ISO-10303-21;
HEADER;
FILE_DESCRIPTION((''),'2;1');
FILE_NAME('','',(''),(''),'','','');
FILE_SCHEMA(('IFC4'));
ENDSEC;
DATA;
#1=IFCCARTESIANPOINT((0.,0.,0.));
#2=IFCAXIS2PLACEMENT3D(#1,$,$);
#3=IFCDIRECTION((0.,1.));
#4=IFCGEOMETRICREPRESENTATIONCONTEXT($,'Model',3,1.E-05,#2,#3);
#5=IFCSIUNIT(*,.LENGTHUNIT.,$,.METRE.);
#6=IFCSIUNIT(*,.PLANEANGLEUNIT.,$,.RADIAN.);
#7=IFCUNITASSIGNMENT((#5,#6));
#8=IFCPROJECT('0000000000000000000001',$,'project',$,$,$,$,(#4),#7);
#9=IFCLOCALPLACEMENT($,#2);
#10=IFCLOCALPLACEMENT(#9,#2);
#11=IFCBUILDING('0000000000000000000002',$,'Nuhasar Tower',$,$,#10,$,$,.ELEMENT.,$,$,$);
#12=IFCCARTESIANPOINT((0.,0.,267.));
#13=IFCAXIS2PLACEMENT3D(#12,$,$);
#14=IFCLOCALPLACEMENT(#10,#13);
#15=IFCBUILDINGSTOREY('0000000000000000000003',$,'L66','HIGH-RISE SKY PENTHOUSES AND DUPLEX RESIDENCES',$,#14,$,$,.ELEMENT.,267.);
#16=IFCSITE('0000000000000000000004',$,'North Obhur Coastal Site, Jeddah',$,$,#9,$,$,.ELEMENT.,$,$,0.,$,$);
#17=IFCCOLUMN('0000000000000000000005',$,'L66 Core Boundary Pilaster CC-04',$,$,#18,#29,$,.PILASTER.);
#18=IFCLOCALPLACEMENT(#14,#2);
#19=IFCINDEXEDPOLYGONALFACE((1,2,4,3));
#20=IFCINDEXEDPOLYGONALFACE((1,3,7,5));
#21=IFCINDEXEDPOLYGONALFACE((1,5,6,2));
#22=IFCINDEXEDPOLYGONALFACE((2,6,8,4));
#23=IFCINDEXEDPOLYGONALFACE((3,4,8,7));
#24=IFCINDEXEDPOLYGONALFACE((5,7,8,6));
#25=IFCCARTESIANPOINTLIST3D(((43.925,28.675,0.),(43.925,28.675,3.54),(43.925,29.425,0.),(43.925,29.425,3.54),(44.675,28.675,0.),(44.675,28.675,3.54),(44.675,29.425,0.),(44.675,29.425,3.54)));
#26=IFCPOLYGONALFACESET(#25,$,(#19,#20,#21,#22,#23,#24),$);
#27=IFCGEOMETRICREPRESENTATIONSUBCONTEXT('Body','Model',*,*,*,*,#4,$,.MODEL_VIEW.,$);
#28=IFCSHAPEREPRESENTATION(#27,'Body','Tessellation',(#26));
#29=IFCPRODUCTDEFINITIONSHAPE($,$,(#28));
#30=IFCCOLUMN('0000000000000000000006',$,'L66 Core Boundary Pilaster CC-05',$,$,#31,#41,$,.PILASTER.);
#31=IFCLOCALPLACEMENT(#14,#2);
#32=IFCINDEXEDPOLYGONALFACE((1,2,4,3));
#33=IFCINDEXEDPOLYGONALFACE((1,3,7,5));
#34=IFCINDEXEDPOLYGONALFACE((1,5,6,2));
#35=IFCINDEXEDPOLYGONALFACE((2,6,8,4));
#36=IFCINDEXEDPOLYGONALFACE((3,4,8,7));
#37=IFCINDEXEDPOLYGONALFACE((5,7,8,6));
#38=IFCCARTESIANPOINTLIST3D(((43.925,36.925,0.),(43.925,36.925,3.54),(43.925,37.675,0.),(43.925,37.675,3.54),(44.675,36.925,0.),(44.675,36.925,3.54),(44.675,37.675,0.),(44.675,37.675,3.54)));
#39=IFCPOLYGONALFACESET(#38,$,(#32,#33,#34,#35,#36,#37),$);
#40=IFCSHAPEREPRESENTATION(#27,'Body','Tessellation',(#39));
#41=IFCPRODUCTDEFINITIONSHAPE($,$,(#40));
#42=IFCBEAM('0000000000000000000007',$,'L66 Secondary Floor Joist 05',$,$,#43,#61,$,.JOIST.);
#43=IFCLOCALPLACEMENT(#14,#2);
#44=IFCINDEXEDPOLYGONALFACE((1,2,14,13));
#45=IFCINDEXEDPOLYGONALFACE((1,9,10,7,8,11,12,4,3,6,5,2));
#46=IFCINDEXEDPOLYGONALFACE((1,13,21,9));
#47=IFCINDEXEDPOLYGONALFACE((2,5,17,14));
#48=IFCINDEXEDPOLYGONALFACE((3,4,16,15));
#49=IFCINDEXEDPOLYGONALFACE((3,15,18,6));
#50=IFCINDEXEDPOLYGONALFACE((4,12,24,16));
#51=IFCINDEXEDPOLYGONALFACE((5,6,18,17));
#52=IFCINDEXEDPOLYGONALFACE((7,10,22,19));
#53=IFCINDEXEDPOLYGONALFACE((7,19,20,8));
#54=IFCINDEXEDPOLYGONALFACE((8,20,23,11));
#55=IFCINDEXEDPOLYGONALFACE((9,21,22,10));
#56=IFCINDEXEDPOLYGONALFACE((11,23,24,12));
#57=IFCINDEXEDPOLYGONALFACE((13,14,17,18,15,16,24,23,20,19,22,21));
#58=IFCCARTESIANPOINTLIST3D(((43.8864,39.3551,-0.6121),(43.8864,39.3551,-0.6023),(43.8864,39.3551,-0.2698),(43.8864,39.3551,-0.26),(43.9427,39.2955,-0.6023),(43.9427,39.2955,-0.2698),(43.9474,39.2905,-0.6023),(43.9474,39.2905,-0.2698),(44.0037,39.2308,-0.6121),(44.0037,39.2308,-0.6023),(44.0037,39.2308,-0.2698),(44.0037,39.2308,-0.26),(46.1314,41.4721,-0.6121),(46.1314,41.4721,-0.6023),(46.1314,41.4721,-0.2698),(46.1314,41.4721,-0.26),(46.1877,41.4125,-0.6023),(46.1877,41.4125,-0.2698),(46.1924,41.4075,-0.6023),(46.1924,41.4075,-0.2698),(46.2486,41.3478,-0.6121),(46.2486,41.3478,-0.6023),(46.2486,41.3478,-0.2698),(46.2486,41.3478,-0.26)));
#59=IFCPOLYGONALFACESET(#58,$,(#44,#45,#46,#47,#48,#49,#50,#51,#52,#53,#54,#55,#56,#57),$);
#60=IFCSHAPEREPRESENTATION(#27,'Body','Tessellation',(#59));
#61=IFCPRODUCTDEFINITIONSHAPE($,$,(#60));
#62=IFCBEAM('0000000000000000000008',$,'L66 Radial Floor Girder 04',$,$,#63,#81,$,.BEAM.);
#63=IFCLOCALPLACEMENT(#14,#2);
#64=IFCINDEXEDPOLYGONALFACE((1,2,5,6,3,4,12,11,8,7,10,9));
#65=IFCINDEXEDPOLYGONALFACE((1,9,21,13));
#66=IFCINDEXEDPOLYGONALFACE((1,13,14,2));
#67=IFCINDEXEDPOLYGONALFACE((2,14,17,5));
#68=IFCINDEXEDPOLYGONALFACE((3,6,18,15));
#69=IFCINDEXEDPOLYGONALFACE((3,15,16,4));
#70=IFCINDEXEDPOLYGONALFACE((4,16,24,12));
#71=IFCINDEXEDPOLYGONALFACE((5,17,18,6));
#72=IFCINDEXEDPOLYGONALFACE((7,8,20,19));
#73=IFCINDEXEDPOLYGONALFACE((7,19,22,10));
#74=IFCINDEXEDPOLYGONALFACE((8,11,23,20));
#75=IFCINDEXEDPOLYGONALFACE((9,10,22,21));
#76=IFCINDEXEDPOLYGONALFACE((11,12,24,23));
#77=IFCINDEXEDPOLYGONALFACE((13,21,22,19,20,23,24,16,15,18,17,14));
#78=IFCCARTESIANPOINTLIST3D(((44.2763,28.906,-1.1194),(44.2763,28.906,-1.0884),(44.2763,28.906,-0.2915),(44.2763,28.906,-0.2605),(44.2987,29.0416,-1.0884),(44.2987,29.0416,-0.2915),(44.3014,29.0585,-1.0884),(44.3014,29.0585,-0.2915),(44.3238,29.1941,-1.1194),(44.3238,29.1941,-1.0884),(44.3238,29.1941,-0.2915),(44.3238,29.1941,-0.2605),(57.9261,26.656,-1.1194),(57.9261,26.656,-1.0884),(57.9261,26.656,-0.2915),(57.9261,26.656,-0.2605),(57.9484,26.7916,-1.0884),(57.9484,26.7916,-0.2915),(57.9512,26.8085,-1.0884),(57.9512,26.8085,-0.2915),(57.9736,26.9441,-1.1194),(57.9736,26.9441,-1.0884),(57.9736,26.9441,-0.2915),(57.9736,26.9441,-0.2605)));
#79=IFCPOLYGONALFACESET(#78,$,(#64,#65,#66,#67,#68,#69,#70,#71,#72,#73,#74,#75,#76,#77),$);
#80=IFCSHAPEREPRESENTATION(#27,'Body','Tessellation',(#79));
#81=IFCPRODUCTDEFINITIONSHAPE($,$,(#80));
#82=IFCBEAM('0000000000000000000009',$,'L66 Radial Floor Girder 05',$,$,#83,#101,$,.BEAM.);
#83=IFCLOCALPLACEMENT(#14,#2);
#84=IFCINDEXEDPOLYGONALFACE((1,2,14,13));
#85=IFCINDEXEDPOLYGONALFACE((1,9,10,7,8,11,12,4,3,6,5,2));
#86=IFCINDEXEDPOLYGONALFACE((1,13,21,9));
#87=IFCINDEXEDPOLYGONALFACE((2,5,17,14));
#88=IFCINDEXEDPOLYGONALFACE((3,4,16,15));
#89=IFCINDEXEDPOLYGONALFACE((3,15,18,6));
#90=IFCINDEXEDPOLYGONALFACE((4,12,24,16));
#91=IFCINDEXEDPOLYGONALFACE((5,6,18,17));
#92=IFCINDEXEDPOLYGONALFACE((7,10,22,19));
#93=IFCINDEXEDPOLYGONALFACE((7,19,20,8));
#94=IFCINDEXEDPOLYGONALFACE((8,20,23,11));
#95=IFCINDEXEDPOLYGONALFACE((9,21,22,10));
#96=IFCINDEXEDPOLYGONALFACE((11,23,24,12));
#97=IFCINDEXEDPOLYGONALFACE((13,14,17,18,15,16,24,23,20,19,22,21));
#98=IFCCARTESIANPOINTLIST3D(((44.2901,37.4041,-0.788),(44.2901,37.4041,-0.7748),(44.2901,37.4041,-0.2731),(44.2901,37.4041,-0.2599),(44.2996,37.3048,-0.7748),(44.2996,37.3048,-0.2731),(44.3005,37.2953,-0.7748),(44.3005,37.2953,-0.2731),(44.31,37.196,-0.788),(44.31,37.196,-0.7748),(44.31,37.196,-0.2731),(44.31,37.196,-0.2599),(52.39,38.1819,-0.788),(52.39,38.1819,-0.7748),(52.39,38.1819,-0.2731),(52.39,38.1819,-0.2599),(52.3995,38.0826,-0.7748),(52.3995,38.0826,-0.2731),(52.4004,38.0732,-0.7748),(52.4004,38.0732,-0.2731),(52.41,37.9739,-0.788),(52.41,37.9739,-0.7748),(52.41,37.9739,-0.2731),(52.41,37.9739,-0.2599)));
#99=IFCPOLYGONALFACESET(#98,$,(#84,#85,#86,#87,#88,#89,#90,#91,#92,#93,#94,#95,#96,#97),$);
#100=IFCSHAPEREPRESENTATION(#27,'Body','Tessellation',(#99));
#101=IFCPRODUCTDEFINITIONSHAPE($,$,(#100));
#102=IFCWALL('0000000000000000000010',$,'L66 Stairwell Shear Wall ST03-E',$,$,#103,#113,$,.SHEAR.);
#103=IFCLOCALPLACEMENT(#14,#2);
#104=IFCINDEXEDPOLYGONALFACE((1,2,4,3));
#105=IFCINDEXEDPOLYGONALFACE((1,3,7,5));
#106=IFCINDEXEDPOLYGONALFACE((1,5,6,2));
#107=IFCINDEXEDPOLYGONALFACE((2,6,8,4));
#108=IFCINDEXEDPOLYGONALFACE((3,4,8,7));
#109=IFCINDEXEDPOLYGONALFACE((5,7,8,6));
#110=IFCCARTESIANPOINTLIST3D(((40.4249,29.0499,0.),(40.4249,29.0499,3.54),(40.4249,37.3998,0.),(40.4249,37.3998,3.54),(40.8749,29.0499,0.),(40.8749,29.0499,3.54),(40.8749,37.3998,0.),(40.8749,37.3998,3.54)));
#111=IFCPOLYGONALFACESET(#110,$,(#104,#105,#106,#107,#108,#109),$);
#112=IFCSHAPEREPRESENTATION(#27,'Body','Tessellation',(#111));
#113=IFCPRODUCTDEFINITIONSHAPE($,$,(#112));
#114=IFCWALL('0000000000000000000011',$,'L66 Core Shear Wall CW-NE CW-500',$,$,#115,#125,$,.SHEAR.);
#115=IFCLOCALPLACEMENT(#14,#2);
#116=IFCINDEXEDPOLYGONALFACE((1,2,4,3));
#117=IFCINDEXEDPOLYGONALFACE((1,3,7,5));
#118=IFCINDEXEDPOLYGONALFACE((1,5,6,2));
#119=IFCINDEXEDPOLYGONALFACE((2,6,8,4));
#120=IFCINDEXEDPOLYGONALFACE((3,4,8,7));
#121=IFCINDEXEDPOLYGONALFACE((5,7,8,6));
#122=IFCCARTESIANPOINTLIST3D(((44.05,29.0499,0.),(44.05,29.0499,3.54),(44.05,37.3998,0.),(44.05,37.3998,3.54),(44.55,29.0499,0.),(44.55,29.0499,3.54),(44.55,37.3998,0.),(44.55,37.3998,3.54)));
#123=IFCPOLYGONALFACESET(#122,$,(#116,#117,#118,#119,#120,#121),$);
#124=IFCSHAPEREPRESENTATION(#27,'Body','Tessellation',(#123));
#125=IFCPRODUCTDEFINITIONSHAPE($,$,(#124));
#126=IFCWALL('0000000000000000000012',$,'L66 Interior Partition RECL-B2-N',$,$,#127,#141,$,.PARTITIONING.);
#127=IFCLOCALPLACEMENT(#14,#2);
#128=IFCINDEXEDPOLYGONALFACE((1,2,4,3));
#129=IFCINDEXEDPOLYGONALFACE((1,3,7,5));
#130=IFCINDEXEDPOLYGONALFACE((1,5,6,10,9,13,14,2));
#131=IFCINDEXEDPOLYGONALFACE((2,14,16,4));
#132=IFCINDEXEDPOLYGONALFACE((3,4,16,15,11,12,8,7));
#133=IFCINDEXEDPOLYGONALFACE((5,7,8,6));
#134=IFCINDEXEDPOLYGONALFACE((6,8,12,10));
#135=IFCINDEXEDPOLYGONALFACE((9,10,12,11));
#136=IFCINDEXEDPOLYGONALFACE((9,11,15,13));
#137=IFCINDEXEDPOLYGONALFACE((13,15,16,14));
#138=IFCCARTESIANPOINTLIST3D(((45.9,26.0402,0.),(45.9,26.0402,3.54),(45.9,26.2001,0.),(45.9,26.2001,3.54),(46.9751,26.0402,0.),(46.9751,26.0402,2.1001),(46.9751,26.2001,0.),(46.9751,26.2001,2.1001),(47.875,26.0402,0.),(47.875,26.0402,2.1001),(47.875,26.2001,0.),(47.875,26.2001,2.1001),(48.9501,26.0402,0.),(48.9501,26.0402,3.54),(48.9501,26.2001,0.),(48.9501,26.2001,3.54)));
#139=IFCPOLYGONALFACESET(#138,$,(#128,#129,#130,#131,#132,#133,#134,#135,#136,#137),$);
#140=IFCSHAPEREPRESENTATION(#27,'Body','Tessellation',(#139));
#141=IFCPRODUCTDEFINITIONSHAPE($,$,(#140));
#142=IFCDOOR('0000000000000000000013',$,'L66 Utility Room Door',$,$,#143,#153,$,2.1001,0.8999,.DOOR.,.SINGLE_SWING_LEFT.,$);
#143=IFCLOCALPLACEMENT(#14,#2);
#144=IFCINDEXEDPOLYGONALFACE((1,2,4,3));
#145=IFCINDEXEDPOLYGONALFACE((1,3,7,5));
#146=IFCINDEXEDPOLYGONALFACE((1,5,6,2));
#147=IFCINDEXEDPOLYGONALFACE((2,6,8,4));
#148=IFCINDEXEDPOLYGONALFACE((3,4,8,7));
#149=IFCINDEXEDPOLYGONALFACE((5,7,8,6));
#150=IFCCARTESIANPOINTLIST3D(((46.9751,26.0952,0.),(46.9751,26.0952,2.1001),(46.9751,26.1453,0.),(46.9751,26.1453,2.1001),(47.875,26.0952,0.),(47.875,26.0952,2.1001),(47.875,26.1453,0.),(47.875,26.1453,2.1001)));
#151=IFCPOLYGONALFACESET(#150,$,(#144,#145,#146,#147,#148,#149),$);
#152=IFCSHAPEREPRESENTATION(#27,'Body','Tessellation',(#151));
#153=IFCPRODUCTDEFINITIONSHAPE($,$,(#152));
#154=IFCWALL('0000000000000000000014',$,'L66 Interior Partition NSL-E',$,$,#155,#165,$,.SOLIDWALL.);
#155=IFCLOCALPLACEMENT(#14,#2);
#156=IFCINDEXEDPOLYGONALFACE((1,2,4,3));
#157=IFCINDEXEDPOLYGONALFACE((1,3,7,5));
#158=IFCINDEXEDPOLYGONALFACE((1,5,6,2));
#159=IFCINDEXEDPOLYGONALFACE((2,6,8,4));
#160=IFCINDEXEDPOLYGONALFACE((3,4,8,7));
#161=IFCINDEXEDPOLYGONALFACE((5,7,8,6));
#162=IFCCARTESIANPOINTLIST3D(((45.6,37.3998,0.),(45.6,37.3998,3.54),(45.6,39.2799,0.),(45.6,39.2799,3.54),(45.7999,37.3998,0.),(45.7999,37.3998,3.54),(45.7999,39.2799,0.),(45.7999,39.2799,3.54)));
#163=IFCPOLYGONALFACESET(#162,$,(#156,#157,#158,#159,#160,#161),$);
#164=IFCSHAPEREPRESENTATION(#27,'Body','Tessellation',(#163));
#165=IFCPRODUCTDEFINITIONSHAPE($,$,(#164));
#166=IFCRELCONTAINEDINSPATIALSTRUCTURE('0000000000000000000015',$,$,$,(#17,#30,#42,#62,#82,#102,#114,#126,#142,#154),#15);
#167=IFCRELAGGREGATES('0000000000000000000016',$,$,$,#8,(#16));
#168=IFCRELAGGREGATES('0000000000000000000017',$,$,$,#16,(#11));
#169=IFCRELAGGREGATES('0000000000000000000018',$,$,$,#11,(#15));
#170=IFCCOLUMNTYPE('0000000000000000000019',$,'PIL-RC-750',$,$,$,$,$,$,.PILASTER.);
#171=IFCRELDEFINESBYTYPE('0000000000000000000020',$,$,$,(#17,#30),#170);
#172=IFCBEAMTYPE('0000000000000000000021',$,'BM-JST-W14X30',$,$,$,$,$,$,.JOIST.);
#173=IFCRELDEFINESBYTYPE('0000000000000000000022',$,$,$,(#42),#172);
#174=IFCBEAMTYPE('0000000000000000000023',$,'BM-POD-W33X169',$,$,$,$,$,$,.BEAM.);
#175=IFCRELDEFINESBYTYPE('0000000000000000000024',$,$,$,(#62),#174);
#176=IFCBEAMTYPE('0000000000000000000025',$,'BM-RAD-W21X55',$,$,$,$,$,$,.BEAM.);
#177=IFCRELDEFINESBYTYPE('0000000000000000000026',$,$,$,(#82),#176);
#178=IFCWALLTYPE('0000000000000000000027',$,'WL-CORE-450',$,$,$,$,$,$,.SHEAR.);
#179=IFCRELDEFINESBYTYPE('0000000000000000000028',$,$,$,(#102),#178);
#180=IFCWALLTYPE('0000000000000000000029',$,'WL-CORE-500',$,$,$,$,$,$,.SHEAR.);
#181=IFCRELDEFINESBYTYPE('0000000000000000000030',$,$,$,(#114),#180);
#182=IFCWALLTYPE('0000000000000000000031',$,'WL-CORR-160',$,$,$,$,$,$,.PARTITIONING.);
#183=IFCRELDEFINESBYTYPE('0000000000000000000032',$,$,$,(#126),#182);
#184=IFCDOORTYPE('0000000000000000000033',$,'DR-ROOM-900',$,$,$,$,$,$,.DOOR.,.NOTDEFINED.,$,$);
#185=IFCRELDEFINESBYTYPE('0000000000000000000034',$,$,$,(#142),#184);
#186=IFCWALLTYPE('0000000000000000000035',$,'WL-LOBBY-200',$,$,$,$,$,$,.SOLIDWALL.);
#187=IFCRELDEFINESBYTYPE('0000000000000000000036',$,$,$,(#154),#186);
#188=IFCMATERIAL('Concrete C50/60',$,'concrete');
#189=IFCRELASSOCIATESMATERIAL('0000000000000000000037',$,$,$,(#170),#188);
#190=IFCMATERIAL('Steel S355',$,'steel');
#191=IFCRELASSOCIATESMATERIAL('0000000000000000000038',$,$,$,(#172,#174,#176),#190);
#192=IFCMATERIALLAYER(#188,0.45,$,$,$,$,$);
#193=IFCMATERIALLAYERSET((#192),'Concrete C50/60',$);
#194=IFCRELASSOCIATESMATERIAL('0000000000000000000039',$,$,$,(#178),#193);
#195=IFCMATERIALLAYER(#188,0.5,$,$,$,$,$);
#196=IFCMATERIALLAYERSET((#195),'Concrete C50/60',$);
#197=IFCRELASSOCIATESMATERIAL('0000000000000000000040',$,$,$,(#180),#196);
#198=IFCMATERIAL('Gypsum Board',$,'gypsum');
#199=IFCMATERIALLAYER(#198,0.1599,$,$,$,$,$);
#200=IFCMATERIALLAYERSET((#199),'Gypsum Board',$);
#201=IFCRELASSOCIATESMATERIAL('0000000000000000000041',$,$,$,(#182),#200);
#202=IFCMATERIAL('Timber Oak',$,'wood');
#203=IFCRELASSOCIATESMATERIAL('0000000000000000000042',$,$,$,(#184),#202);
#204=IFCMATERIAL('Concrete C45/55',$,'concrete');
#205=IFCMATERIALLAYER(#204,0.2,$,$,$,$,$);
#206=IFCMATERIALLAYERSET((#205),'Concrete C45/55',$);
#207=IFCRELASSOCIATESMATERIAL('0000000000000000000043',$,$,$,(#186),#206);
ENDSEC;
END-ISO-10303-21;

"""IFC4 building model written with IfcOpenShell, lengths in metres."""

from ifc_helpers import new_model, si_unit, direction, frame, frame_2d, origin, origin_2d, place, context, subcontext, project, spatial, rectangle, i_section, extrude, material, layer, layer_set, material_profile, profile_set, type_object, element, fill, save


model = new_model("IFC4")

# Units and contexts
model_context = context("Model", 3, precision=1e-05, world=origin(), true_north=direction((0.0, 1.0)))
body_context = subcontext(model_context, "Body", "Model", "MODEL_VIEW")
ifc_project = project(units=[si_unit("LENGTHUNIT", "METRE"), si_unit("PLANEANGLEUNIT", "RADIAN")], contexts=[model_context])

# Site, building, storey
site_placement = place(None, origin())
site = spatial("IfcSite", under=ifc_project, at=site_placement, Name="North Obhur Coastal Site, Jeddah", CompositionType="ELEMENT", RefElevation=0.0)
building_placement = place(site_placement, origin())
building = spatial("IfcBuilding", under=site, at=building_placement, Name="Nuhasar Tower", CompositionType="ELEMENT")
storey_placement = place(building_placement, frame((0.0, 0.0, 267.0)))
storey = spatial("IfcBuildingStorey", under=building, at=storey_placement, Name="L66", Description="HIGH-RISE SKY PENTHOUSES AND DUPLEX RESIDENCES", CompositionType="ELEMENT", Elevation=267.0)

# Columns
ifc_material_1 = material(Name="Concrete C50/60", Category="concrete")
ifc_material_profile_1 = material_profile(ifc_material_1, rectangle(XDim=0.75, YDim=0.75, at=origin_2d()), Name="RC750X750")
ifc_profile_set_1 = profile_set([ifc_material_profile_1], Name="Concrete C50/60")
column_type = type_object("IfcColumnType", Name="PIL-RC-750", PredefinedType="PILASTER", material=ifc_profile_set_1)
for number, where, z_axis, x_axis, name in (
    (1, (44.3, 29.05, 0.0), (0.0, 0.0, 1.0), (1.0, 0.0, 0.0), "L66 Core Boundary Pilaster CC-04"),
    (2, (44.3, 37.3, 0.0), (0.0, 0.0, 1.0), (1.0, 0.0, 0.0), "L66 Core Boundary Pilaster CC-05"),
):
    element("IfcColumn", number, at=place(storey_placement, frame(where, z_axis=z_axis, x_axis=x_axis)), inside=storey, type_object=column_type, Name=name, PredefinedType="PILASTER", context=body_context, shape_type="SweptSolid", body=[
        extrude(rectangle(XDim=0.75, YDim=0.75, at=origin_2d()), origin(), (0.0, 0.0, 1.0), 3.54),
    ])

# Beams
ifc_material_2 = material(Name="Steel S355", Category="steel")
ifc_material_profile_2 = material_profile(ifc_material_2, i_section(OverallWidth=0.1709, OverallDepth=0.3521, WebThickness=0.0068, FlangeThickness=0.0098, at=origin_2d()), Name="W14X30")
ifc_profile_set_2 = profile_set([ifc_material_profile_2], Name="Steel S355")
beam_type_1 = type_object("IfcBeamType", Name="BM-JST-W14X30", PredefinedType="JOIST", material=ifc_profile_set_2)
beam_1_placement = place(storey_placement, frame((43.9451, 39.293, -0.436), z_axis=(0.727533, 0.686073, 0.0), x_axis=(-0.686073, 0.727533, 0.0)))
element("IfcBeam", 3, at=beam_1_placement, inside=storey, type_object=beam_type_1, Name="L66 Secondary Floor Joist 05", PredefinedType="JOIST", context=body_context, shape_type="SweptSolid", body=[
    extrude(i_section(OverallWidth=0.1709, OverallDepth=0.3521, WebThickness=0.0068, FlangeThickness=0.0098, at=origin_2d()), origin(), (0.0, 0.0, 1.0), 3.0857),
])
ifc_material_profile_3 = material_profile(ifc_material_2, i_section(OverallWidth=0.292, OverallDepth=0.8589, WebThickness=0.0171, FlangeThickness=0.031, at=origin_2d()), Name="W33X169")
ifc_profile_set_3 = profile_set([ifc_material_profile_3], Name="Steel S355")
beam_type_2 = type_object("IfcBeamType", Name="BM-POD-W33X169", PredefinedType="BEAM", material=ifc_profile_set_3)
beam_2_placement = place(storey_placement, frame((44.3, 29.05, -0.6899), z_axis=(0.986685, -0.162642, 0.0), x_axis=(0.162642, 0.986685, 0.0)))
element("IfcBeam", 4, at=beam_2_placement, inside=storey, type_object=beam_type_2, Name="L66 Radial Floor Girder 04", PredefinedType="BEAM", context=body_context, shape_type="SweptSolid", body=[
    extrude(i_section(OverallWidth=0.292, OverallDepth=0.8589, WebThickness=0.0171, FlangeThickness=0.031, at=origin_2d()), origin(), (0.0, 0.0, 1.0), 13.834),
])
ifc_material_profile_4 = material_profile(ifc_material_2, i_section(OverallWidth=0.209, OverallDepth=0.5281, WebThickness=0.0095, FlangeThickness=0.0132, at=origin_2d()), Name="W21X55")
ifc_profile_set_4 = profile_set([ifc_material_profile_4], Name="Steel S355")
beam_type_3 = type_object("IfcBeamType", Name="BM-RAD-W21X55", PredefinedType="BEAM", material=ifc_profile_set_4)
beam_3_placement = place(storey_placement, frame((44.3, 37.3, -0.5239), z_axis=(0.995421, 0.095591, 0.0), x_axis=(-0.095591, 0.995421, 0.0)))
element("IfcBeam", 5, at=beam_3_placement, inside=storey, type_object=beam_type_3, Name="L66 Radial Floor Girder 05", PredefinedType="BEAM", context=body_context, shape_type="SweptSolid", body=[
    extrude(i_section(OverallWidth=0.209, OverallDepth=0.5281, WebThickness=0.0095, FlangeThickness=0.0132, at=origin_2d()), origin(), (0.0, 0.0, 1.0), 8.1372),
])

# Shared definitions
ifc_layer_1 = layer(ifc_material_1, 0.45)
ifc_layer_set_1 = layer_set([ifc_layer_1], Name="Concrete C50/60")
wall_type_1 = type_object("IfcWallType", Name="WL-CORE-450", PredefinedType="SHEAR", material=ifc_layer_set_1)

# Wall
wall_1_placement = place(storey_placement, frame((40.6499, 29.05, 0.0), z_axis=(0.0, 0.0, 1.0), x_axis=(0.0, 1.0, 0.0)))
element("IfcWall", 6, at=wall_1_placement, inside=storey, type_object=wall_type_1, Name="L66 Stairwell Shear Wall ST03-E", PredefinedType="SHEAR", context=body_context, shape_type="SweptSolid", body=[
    extrude(rectangle(XDim=8.3499, YDim=0.45, at=frame_2d((4.1748, 0.0))), origin(), (0.0, 0.0, 1.0), 3.54),
])

# Wall
ifc_layer_2 = layer(ifc_material_1, 0.5)
ifc_layer_set_2 = layer_set([ifc_layer_2], Name="Concrete C50/60")
wall_type_2 = type_object("IfcWallType", Name="WL-CORE-500", PredefinedType="SHEAR", material=ifc_layer_set_2)
wall_2_placement = place(storey_placement, frame((44.3, 29.05, 0.0), z_axis=(0.0, 0.0, 1.0), x_axis=(0.0, 1.0, 0.0)))
element("IfcWall", 7, at=wall_2_placement, inside=storey, type_object=wall_type_2, Name="L66 Core Shear Wall CW-NE CW-500", PredefinedType="SHEAR", context=body_context, shape_type="SweptSolid", body=[
    extrude(rectangle(XDim=8.3499, YDim=0.5, at=frame_2d((4.1748, 0.0))), origin(), (0.0, 0.0, 1.0), 3.54),
])

# Wall, opening, door
ifc_material_3 = material(Name="Gypsum Board", Category="gypsum")
ifc_layer_3 = layer(ifc_material_3, 0.1599)
ifc_layer_set_3 = layer_set([ifc_layer_3], Name="Gypsum Board")
wall_type_3 = type_object("IfcWallType", Name="WL-CORR-160", PredefinedType="PARTITIONING", material=ifc_layer_set_3)
wall_3_placement = place(storey_placement, frame((48.95, 26.1201, 0.0), z_axis=(0.0, 0.0, 1.0), x_axis=(-1.0, 0.0, 0.0)))
wall_3 = element("IfcWall", 8, at=wall_3_placement, inside=storey, type_object=wall_type_3, Name="L66 Interior Partition RECL-B2-N", PredefinedType="PARTITIONING", context=body_context, shape_type="SweptSolid", body=[
    extrude(rectangle(XDim=3.05, YDim=0.1599, at=frame_2d((1.5249, 0.0))), origin(), (0.0, 0.0, 1.0), 3.54),
])
opening_1_placement = place(wall_3_placement, frame((1.075, 0.0, 0.0)))
opening_1 = element("IfcOpeningElement", 9, at=opening_1_placement, cuts=wall_3, PredefinedType="OPENING", context=body_context, shape_type="SweptSolid", body=[
    extrude(rectangle(XDim=0.8999, YDim=2.1001, at=frame_2d((0.45, 1.05))), frame((0.0, 0.0898, 0.0), z_axis=(0.0, -1.0, 0.0), x_axis=(1.0, 0.0, 0.0)), (0.0, 0.0, 1.0), 0.1799),
])
ifc_material_4 = material(Name="Timber Oak", Category="wood")
door_type_1 = type_object("IfcDoorType", Name="DR-ROOM-900", OperationType="NOTDEFINED", PredefinedType="DOOR", material=ifc_material_4)
door_1_placement = place(opening_1_placement, origin())
door_1 = element("IfcDoor", 10, at=door_1_placement, inside=storey, type_object=door_type_1, Name="L66 Utility Room Door", OperationType="SINGLE_SWING_LEFT", OverallHeight=2.1001, OverallWidth=0.8999, PredefinedType="DOOR", context=body_context, shape_type="SweptSolid", body=[
    extrude(rectangle(XDim=0.8999, YDim=2.1001, at=frame_2d((0.45, 1.05))), frame((0.0, 0.0249, 0.0), z_axis=(0.0, -1.0, 0.0), x_axis=(1.0, 0.0, 0.0)), (0.0, 0.0, 1.0), 0.05),
])
fill(opening_1, door_1)

# Wall
ifc_material_5 = material(Name="Concrete C45/55", Category="concrete")
ifc_layer_4 = layer(ifc_material_5, 0.2)
ifc_layer_set_4 = layer_set([ifc_layer_4], Name="Concrete C45/55")
wall_type_4 = type_object("IfcWallType", Name="WL-LOBBY-200", PredefinedType="SOLIDWALL", material=ifc_layer_set_4)
wall_4_placement = place(storey_placement, frame((45.7, 37.3999, 0.0), z_axis=(0.0, 0.0, 1.0), x_axis=(0.0, 1.0, 0.0)))
element("IfcWall", 11, at=wall_4_placement, inside=storey, type_object=wall_type_4, Name="L66 Interior Partition NSL-E", PredefinedType="SOLIDWALL", context=body_context, shape_type="SweptSolid", body=[
    extrude(rectangle(XDim=1.8801, YDim=0.2, at=frame_2d((0.9399, 0.0))), origin(), (0.0, 0.0, 1.0), 3.54),
])

save(model, "model.ifc")
